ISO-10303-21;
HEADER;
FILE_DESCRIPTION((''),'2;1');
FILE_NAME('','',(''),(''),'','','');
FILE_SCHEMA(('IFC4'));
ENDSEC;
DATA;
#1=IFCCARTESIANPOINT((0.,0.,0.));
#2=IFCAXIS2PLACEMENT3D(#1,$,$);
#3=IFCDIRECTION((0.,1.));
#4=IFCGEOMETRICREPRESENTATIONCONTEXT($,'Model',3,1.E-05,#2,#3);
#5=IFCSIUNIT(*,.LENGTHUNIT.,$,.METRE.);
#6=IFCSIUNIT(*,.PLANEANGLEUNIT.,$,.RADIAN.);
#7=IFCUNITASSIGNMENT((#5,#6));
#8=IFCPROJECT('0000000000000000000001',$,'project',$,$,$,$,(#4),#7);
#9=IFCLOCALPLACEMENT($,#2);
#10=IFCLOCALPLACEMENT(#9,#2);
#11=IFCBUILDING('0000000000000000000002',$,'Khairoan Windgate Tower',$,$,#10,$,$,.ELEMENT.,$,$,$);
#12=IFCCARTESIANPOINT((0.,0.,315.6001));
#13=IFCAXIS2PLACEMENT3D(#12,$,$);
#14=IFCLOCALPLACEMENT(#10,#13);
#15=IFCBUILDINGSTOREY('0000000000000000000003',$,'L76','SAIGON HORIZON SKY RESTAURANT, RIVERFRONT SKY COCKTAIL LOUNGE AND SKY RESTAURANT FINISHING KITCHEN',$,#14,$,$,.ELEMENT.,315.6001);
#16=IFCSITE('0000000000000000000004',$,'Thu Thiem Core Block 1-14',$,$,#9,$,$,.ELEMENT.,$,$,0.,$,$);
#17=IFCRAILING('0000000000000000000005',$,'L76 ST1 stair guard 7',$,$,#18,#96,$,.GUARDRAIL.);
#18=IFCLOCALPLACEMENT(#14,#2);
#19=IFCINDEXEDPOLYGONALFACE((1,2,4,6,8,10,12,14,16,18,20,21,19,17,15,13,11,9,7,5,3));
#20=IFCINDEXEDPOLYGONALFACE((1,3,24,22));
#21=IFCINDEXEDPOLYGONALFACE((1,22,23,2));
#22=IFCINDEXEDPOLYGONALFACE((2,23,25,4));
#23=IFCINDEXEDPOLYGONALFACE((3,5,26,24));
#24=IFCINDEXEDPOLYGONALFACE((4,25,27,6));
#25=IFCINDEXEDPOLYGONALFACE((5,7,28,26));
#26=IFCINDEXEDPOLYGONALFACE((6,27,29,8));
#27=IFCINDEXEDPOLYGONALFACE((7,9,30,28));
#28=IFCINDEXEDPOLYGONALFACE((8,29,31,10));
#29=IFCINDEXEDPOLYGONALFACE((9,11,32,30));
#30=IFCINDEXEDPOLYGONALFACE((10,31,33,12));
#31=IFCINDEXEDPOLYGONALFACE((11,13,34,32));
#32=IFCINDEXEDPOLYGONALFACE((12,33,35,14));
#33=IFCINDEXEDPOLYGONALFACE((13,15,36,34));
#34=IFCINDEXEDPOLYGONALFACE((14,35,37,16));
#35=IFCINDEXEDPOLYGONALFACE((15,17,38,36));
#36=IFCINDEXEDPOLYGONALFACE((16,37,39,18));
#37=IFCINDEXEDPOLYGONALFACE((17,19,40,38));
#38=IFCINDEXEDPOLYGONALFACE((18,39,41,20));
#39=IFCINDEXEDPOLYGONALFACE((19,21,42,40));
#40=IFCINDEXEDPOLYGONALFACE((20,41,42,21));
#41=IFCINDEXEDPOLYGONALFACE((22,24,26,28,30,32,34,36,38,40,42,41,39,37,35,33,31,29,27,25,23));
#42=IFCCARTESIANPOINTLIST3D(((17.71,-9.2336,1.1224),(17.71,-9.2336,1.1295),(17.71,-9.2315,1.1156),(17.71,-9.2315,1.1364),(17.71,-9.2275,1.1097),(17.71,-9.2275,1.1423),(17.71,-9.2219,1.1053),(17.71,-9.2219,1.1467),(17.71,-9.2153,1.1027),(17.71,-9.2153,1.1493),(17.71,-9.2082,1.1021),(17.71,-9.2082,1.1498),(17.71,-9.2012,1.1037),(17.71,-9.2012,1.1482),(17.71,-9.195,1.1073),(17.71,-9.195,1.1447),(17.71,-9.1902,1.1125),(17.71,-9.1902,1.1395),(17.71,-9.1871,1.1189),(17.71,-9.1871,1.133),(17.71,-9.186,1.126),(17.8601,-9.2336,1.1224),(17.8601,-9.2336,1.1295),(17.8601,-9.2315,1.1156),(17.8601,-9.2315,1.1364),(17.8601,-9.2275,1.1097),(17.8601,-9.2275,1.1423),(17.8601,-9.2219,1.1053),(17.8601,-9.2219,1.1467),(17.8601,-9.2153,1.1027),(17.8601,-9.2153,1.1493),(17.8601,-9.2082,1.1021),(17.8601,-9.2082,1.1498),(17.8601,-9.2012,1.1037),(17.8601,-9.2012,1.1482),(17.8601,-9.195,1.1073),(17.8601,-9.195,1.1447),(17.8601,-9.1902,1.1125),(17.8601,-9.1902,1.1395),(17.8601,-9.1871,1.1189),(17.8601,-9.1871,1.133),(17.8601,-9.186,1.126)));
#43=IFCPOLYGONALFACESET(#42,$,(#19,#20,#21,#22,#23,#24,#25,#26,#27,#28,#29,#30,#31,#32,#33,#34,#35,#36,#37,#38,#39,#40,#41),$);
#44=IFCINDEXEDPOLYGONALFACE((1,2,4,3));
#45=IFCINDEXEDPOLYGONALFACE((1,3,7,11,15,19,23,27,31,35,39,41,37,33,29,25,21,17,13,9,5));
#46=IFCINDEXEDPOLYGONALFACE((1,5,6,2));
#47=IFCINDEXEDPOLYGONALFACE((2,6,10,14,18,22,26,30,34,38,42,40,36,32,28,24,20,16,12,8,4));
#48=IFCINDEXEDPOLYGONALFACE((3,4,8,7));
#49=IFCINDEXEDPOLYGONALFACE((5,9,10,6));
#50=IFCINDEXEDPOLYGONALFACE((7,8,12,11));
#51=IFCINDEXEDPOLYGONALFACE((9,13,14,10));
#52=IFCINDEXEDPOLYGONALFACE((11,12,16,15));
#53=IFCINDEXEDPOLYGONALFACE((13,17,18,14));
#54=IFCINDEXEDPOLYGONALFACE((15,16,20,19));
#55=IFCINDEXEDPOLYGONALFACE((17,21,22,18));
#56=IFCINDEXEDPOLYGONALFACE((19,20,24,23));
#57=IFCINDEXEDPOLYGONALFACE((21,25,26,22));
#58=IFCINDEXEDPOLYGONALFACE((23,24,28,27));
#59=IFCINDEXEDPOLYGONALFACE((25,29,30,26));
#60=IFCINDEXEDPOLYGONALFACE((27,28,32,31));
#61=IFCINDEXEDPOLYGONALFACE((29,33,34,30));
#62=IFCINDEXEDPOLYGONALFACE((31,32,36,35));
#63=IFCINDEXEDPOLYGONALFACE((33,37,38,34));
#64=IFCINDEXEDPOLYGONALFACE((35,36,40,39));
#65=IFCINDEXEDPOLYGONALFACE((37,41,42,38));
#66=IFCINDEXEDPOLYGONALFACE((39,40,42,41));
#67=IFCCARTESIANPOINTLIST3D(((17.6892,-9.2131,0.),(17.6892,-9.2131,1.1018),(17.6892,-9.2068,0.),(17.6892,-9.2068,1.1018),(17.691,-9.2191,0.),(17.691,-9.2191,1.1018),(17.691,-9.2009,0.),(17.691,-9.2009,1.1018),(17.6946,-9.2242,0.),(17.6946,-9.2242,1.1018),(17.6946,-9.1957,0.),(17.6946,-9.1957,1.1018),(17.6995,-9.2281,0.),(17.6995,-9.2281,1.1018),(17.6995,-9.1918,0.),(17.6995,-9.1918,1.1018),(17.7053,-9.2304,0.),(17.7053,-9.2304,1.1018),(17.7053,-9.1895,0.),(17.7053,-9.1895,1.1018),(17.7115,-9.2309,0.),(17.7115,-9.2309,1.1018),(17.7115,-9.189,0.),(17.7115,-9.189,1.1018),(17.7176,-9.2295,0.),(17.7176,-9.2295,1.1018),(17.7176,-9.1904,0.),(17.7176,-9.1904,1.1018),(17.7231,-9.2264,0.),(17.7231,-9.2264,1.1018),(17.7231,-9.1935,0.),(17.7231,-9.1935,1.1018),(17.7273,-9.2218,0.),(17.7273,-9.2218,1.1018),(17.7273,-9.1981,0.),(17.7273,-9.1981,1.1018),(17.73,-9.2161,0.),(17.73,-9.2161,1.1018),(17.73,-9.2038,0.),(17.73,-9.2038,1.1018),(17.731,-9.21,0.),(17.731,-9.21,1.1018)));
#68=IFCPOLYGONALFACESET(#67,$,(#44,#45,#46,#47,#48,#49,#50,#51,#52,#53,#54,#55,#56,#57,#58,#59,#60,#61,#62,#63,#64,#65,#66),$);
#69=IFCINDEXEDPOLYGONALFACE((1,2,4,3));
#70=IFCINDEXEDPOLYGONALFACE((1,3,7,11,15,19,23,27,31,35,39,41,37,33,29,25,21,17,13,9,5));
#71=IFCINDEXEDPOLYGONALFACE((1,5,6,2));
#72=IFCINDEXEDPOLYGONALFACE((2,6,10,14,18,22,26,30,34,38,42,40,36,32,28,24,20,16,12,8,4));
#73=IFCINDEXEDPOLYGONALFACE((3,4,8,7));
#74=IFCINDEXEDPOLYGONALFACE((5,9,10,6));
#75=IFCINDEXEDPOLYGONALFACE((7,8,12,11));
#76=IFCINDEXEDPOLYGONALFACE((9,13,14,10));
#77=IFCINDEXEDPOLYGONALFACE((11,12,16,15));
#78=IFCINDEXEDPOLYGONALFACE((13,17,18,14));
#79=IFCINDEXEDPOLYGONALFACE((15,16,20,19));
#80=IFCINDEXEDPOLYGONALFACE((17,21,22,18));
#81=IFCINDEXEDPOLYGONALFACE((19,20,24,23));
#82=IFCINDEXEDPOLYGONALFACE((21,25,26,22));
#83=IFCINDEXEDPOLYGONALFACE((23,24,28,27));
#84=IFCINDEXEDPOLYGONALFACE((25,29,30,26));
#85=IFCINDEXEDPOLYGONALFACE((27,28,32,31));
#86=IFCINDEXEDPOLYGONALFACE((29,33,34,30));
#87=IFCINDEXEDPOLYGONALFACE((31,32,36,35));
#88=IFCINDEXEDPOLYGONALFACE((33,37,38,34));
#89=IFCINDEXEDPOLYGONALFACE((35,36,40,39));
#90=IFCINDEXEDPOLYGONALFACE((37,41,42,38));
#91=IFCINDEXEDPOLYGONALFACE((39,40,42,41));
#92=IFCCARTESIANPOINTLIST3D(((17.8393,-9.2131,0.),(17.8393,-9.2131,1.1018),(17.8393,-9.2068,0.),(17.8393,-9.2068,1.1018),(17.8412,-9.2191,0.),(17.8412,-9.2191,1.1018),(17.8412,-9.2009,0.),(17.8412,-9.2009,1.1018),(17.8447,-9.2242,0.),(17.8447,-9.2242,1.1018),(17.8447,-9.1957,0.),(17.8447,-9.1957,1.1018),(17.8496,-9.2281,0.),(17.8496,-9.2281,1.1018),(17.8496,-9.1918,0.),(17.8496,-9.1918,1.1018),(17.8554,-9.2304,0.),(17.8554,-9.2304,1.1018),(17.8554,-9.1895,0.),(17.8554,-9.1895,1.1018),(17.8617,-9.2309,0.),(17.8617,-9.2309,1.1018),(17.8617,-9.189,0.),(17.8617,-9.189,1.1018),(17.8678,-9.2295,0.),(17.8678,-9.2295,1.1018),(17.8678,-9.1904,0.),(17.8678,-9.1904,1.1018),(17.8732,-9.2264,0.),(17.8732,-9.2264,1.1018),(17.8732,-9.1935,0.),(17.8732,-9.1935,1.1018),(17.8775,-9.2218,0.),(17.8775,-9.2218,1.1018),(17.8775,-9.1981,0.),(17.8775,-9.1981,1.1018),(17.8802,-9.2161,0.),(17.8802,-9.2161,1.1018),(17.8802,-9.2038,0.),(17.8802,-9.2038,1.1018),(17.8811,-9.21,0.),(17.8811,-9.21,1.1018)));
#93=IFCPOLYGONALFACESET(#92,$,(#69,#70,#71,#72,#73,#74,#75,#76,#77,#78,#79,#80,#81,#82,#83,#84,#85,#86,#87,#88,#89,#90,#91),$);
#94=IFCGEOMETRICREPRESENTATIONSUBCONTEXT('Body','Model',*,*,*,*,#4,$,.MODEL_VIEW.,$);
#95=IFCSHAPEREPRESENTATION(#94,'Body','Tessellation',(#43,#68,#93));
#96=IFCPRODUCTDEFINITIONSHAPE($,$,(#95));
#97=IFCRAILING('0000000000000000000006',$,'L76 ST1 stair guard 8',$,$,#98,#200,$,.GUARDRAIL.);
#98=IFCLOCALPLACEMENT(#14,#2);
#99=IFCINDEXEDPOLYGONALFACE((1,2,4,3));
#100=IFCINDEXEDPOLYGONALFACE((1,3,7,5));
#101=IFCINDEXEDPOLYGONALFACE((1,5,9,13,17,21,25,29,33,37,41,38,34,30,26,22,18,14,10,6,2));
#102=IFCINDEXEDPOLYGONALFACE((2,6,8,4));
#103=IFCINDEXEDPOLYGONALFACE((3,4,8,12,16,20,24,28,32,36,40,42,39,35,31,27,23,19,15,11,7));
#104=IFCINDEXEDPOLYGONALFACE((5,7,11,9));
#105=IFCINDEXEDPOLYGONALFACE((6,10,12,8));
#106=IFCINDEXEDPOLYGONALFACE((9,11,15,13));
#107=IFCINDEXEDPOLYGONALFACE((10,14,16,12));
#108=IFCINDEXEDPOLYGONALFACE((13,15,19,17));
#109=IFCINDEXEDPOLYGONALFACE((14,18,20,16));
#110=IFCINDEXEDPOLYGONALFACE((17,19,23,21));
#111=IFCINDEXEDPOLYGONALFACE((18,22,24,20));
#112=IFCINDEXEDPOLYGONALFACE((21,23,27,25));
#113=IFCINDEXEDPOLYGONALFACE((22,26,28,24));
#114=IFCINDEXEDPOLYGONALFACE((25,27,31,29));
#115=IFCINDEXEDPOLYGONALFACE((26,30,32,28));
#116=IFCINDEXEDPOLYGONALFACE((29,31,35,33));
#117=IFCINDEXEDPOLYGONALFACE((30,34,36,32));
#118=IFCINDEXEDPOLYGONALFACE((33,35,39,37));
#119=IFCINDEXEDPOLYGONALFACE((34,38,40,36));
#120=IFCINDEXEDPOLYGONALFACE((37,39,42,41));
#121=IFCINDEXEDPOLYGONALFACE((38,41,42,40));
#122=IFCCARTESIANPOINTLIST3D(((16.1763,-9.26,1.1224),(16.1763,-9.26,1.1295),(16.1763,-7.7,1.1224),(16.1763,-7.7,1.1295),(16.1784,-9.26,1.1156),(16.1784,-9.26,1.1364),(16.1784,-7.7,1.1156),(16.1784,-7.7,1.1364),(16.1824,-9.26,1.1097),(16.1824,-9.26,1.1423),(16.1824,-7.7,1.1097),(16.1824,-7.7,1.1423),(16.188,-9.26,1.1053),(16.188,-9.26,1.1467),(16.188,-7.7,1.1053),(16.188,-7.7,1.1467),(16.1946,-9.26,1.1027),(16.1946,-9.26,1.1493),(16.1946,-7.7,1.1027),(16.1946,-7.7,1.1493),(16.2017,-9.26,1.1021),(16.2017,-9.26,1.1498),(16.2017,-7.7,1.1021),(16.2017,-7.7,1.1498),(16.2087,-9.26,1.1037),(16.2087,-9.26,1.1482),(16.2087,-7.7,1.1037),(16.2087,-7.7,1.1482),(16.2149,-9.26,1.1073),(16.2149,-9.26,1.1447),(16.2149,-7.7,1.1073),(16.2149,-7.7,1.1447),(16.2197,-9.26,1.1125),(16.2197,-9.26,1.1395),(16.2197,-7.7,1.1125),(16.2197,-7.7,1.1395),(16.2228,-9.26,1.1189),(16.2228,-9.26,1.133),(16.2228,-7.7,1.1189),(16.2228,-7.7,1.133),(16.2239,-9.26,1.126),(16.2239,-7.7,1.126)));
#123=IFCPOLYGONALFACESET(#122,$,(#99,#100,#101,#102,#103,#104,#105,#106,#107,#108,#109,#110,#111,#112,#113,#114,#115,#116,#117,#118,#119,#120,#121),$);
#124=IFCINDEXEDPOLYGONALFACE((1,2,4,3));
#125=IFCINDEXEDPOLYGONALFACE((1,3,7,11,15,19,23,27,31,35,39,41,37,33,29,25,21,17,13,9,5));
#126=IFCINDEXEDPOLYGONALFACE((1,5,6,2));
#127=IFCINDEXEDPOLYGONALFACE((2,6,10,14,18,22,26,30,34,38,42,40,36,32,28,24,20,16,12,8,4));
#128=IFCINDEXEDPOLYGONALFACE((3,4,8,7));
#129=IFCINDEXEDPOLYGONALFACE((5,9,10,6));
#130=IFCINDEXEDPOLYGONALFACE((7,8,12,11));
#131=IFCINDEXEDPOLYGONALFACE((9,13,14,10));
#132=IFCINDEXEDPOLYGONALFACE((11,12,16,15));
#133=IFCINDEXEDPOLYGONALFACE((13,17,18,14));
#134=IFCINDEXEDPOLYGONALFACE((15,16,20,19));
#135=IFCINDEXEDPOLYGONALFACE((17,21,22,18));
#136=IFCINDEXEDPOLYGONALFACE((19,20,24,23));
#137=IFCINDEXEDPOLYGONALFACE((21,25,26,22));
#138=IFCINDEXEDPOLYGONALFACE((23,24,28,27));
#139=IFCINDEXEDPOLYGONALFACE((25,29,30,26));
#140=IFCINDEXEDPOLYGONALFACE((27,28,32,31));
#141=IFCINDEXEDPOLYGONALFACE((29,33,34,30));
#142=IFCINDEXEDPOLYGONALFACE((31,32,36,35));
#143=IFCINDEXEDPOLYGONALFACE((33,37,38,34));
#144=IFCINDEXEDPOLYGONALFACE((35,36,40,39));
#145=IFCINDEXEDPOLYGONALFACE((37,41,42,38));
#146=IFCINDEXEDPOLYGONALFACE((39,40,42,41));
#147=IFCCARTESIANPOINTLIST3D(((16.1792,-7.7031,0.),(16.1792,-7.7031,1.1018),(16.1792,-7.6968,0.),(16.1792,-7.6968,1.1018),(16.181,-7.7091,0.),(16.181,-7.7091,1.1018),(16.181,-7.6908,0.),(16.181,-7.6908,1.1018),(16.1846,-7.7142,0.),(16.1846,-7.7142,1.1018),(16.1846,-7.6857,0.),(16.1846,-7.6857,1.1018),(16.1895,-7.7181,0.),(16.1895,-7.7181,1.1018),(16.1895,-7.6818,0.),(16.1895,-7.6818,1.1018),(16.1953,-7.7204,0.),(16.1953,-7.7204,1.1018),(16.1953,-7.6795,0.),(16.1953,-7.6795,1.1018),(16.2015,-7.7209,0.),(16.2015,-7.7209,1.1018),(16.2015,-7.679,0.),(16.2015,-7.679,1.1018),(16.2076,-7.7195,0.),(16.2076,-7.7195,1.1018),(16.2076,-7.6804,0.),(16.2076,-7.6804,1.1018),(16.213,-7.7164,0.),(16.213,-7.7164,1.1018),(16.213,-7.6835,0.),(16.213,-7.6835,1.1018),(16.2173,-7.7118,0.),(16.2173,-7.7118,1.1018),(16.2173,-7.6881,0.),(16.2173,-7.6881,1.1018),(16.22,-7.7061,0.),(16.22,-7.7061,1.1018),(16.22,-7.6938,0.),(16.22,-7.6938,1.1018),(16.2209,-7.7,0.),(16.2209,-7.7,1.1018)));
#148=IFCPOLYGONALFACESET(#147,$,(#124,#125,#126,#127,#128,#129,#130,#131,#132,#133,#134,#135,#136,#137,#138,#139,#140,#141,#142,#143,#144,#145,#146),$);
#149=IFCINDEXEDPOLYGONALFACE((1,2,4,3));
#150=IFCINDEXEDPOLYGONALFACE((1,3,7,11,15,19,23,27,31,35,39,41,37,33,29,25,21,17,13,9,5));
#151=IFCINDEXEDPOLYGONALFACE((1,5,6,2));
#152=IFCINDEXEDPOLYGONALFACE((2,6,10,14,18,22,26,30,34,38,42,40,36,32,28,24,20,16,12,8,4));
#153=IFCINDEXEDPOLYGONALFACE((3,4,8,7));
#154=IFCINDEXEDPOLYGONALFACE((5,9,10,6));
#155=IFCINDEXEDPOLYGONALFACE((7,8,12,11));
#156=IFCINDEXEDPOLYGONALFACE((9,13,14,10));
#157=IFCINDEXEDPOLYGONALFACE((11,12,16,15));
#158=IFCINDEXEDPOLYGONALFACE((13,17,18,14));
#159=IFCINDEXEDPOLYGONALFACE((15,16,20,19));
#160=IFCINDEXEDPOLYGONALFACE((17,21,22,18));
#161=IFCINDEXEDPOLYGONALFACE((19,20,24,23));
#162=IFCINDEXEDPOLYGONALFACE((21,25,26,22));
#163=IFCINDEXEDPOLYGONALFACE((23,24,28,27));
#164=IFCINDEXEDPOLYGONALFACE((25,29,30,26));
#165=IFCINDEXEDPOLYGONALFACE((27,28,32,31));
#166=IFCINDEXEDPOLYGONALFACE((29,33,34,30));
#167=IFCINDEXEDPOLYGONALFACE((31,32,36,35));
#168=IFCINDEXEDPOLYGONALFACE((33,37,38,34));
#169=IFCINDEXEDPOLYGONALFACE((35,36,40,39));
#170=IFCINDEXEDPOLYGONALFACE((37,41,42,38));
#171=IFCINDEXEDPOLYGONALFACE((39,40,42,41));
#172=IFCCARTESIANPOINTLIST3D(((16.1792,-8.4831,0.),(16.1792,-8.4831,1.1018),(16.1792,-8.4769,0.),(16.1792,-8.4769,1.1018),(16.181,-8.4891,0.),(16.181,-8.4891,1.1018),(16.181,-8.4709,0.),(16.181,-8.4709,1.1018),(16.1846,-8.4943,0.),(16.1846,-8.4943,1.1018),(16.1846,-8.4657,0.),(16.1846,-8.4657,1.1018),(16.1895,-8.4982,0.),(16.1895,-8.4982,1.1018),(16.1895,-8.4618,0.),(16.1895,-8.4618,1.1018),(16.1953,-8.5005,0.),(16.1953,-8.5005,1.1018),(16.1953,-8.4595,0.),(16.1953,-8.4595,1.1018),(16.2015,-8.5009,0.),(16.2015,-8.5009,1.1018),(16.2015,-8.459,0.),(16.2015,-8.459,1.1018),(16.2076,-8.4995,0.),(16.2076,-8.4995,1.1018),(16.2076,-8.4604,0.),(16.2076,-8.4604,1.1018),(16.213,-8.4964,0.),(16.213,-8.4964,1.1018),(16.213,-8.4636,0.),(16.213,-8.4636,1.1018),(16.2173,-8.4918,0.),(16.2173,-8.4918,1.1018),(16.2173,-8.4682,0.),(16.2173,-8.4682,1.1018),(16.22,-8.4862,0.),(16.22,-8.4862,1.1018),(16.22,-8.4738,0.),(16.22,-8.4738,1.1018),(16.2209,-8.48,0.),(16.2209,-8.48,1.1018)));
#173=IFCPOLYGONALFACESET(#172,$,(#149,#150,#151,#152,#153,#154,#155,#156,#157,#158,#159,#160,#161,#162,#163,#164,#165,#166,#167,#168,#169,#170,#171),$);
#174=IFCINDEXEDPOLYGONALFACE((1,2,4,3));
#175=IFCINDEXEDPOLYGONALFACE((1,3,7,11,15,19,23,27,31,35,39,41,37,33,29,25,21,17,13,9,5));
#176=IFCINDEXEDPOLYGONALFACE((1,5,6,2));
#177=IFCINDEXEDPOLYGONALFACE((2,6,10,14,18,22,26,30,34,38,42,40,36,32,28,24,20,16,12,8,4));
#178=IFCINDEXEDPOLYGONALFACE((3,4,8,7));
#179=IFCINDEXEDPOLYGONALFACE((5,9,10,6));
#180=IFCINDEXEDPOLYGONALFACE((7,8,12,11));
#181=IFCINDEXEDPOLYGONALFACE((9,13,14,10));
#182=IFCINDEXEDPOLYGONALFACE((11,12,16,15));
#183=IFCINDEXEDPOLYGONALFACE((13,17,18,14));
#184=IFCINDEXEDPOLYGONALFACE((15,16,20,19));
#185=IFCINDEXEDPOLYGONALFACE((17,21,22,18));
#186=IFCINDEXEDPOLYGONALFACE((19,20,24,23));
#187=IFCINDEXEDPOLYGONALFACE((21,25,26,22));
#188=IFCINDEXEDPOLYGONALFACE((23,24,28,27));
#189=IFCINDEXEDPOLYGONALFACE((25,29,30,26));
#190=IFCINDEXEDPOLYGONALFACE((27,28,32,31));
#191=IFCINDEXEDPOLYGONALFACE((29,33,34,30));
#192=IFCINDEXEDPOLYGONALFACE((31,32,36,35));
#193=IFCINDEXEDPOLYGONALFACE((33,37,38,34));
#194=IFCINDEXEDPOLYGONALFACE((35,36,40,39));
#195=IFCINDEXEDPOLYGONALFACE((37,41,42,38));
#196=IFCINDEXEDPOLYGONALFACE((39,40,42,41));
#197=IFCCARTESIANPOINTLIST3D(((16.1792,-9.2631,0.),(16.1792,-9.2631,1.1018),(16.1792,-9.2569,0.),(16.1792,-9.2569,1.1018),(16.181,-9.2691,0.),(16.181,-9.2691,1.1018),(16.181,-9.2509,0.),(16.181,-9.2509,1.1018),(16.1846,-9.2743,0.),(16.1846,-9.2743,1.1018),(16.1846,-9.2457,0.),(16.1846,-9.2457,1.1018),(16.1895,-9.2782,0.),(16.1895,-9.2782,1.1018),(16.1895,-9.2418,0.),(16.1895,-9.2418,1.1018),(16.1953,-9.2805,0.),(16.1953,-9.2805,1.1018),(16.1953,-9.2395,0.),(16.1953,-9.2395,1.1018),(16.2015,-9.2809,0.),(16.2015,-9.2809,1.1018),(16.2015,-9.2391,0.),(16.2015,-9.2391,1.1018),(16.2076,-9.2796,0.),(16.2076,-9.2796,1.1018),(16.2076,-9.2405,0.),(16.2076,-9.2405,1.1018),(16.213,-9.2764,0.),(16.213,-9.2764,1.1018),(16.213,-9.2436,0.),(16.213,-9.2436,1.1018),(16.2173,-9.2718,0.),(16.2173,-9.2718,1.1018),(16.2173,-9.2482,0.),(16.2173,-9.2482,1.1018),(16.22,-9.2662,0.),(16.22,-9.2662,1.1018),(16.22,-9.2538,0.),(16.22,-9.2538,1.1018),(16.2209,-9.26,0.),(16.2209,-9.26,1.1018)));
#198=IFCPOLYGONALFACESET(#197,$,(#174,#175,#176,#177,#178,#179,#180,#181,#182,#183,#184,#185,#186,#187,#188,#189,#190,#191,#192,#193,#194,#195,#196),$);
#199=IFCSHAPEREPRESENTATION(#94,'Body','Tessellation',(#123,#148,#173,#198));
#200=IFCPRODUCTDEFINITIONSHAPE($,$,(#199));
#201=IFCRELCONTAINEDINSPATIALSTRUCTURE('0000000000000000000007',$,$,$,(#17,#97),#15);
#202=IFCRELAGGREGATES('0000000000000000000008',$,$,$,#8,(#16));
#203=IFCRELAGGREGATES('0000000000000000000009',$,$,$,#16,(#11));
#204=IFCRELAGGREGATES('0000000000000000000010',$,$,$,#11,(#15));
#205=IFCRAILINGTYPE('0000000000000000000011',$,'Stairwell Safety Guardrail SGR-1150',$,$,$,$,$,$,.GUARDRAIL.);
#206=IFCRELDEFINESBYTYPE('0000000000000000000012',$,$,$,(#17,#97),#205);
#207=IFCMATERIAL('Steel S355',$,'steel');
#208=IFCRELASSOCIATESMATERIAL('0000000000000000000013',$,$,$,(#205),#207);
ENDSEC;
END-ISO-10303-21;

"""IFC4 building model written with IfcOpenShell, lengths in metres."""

from ifc_helpers import new_model, si_unit, direction, frame, origin, origin_2d, place, context, subcontext, project, spatial, circle, extrude, material, type_object, element, save


model = new_model("IFC4")

# Units and contexts
model_context = context("Model", 3, precision=1e-05, world=origin(), true_north=direction((0.0, 1.0)))
body_context = subcontext(model_context, "Body", "Model", "MODEL_VIEW")
ifc_project = project(units=[si_unit("LENGTHUNIT", "METRE"), si_unit("PLANEANGLEUNIT", "RADIAN")], contexts=[model_context])

# Site, building, storey
site_placement = place(None, origin())
site = spatial("IfcSite", under=ifc_project, at=site_placement, Name="Thu Thiem Core Block 1-14", CompositionType="ELEMENT", RefElevation=0.0)
building_placement = place(site_placement, origin())
building = spatial("IfcBuilding", under=site, at=building_placement, Name="Khairoan Windgate Tower", CompositionType="ELEMENT")
storey_placement = place(building_placement, frame((0.0, 0.0, 315.6001)))
storey = spatial("IfcBuildingStorey", under=building, at=storey_placement, Name="L76", Description="SAIGON HORIZON SKY RESTAURANT, RIVERFRONT SKY COCKTAIL LOUNGE AND SKY RESTAURANT FINISHING KITCHEN", CompositionType="ELEMENT", Elevation=315.6001)

# Railings
ifc_material_1 = material(Name="Steel S355", Category="steel")
railing_type_1 = type_object("IfcRailingType", Name="Stairwell Safety Guardrail SGR-1150", PredefinedType="GUARDRAIL", material=ifc_material_1)
railing_1_placement = place(storey_placement, frame((17.71, -9.21, 0.0)))
element("IfcRailing", 1, at=railing_1_placement, inside=storey, type_object=railing_type_1, Name="L76 ST1 stair guard 7", PredefinedType="GUARDRAIL", context=body_context, shape_type="SweptSolid", body=[
    extrude(circle(Radius=0.0239, at=origin_2d()), frame((0.0, 0.0, 1.126), z_axis=(1.0, 0.0, 0.0), x_axis=(0.0, 1.0, 0.0)), (0.0, 0.0, 1.0), 0.1501),
    extrude(circle(Radius=0.021, at=origin_2d()), origin(), (0.0, 0.0, 1.0), 1.1018),
    extrude(circle(Radius=0.021, at=origin_2d()), frame((0.1501, 0.0, 0.0)), (0.0, 0.0, 1.0), 1.1018),
])
for number, where, name in (
    (2, (16.2, -7.7, 0.0), "L76 ST1 stair guard 8"),
):
    element("IfcRailing", number, at=place(storey_placement, frame(where)), inside=storey, type_object=railing_type_1, Name=name, PredefinedType="GUARDRAIL", context=body_context, shape_type="SweptSolid", body=[
        extrude(circle(Radius=0.0239, at=origin_2d()), frame((0.0, 0.0, 1.126), z_axis=(0.0, -1.0, 0.0), x_axis=(1.0, 0.0, 0.0)), (0.0, 0.0, 1.0), 1.5601),
        extrude(circle(Radius=0.021, at=origin_2d()), origin(), (0.0, 0.0, 1.0), 1.1018),
        extrude(circle(Radius=0.021, at=origin_2d()), frame((0.0, -0.78, 0.0)), (0.0, 0.0, 1.0), 1.1018),
        extrude(circle(Radius=0.021, at=origin_2d()), frame((0.0, -1.5601, 0.0)), (0.0, 0.0, 1.0), 1.1018),
    ])

save(model, "model.ifc")
